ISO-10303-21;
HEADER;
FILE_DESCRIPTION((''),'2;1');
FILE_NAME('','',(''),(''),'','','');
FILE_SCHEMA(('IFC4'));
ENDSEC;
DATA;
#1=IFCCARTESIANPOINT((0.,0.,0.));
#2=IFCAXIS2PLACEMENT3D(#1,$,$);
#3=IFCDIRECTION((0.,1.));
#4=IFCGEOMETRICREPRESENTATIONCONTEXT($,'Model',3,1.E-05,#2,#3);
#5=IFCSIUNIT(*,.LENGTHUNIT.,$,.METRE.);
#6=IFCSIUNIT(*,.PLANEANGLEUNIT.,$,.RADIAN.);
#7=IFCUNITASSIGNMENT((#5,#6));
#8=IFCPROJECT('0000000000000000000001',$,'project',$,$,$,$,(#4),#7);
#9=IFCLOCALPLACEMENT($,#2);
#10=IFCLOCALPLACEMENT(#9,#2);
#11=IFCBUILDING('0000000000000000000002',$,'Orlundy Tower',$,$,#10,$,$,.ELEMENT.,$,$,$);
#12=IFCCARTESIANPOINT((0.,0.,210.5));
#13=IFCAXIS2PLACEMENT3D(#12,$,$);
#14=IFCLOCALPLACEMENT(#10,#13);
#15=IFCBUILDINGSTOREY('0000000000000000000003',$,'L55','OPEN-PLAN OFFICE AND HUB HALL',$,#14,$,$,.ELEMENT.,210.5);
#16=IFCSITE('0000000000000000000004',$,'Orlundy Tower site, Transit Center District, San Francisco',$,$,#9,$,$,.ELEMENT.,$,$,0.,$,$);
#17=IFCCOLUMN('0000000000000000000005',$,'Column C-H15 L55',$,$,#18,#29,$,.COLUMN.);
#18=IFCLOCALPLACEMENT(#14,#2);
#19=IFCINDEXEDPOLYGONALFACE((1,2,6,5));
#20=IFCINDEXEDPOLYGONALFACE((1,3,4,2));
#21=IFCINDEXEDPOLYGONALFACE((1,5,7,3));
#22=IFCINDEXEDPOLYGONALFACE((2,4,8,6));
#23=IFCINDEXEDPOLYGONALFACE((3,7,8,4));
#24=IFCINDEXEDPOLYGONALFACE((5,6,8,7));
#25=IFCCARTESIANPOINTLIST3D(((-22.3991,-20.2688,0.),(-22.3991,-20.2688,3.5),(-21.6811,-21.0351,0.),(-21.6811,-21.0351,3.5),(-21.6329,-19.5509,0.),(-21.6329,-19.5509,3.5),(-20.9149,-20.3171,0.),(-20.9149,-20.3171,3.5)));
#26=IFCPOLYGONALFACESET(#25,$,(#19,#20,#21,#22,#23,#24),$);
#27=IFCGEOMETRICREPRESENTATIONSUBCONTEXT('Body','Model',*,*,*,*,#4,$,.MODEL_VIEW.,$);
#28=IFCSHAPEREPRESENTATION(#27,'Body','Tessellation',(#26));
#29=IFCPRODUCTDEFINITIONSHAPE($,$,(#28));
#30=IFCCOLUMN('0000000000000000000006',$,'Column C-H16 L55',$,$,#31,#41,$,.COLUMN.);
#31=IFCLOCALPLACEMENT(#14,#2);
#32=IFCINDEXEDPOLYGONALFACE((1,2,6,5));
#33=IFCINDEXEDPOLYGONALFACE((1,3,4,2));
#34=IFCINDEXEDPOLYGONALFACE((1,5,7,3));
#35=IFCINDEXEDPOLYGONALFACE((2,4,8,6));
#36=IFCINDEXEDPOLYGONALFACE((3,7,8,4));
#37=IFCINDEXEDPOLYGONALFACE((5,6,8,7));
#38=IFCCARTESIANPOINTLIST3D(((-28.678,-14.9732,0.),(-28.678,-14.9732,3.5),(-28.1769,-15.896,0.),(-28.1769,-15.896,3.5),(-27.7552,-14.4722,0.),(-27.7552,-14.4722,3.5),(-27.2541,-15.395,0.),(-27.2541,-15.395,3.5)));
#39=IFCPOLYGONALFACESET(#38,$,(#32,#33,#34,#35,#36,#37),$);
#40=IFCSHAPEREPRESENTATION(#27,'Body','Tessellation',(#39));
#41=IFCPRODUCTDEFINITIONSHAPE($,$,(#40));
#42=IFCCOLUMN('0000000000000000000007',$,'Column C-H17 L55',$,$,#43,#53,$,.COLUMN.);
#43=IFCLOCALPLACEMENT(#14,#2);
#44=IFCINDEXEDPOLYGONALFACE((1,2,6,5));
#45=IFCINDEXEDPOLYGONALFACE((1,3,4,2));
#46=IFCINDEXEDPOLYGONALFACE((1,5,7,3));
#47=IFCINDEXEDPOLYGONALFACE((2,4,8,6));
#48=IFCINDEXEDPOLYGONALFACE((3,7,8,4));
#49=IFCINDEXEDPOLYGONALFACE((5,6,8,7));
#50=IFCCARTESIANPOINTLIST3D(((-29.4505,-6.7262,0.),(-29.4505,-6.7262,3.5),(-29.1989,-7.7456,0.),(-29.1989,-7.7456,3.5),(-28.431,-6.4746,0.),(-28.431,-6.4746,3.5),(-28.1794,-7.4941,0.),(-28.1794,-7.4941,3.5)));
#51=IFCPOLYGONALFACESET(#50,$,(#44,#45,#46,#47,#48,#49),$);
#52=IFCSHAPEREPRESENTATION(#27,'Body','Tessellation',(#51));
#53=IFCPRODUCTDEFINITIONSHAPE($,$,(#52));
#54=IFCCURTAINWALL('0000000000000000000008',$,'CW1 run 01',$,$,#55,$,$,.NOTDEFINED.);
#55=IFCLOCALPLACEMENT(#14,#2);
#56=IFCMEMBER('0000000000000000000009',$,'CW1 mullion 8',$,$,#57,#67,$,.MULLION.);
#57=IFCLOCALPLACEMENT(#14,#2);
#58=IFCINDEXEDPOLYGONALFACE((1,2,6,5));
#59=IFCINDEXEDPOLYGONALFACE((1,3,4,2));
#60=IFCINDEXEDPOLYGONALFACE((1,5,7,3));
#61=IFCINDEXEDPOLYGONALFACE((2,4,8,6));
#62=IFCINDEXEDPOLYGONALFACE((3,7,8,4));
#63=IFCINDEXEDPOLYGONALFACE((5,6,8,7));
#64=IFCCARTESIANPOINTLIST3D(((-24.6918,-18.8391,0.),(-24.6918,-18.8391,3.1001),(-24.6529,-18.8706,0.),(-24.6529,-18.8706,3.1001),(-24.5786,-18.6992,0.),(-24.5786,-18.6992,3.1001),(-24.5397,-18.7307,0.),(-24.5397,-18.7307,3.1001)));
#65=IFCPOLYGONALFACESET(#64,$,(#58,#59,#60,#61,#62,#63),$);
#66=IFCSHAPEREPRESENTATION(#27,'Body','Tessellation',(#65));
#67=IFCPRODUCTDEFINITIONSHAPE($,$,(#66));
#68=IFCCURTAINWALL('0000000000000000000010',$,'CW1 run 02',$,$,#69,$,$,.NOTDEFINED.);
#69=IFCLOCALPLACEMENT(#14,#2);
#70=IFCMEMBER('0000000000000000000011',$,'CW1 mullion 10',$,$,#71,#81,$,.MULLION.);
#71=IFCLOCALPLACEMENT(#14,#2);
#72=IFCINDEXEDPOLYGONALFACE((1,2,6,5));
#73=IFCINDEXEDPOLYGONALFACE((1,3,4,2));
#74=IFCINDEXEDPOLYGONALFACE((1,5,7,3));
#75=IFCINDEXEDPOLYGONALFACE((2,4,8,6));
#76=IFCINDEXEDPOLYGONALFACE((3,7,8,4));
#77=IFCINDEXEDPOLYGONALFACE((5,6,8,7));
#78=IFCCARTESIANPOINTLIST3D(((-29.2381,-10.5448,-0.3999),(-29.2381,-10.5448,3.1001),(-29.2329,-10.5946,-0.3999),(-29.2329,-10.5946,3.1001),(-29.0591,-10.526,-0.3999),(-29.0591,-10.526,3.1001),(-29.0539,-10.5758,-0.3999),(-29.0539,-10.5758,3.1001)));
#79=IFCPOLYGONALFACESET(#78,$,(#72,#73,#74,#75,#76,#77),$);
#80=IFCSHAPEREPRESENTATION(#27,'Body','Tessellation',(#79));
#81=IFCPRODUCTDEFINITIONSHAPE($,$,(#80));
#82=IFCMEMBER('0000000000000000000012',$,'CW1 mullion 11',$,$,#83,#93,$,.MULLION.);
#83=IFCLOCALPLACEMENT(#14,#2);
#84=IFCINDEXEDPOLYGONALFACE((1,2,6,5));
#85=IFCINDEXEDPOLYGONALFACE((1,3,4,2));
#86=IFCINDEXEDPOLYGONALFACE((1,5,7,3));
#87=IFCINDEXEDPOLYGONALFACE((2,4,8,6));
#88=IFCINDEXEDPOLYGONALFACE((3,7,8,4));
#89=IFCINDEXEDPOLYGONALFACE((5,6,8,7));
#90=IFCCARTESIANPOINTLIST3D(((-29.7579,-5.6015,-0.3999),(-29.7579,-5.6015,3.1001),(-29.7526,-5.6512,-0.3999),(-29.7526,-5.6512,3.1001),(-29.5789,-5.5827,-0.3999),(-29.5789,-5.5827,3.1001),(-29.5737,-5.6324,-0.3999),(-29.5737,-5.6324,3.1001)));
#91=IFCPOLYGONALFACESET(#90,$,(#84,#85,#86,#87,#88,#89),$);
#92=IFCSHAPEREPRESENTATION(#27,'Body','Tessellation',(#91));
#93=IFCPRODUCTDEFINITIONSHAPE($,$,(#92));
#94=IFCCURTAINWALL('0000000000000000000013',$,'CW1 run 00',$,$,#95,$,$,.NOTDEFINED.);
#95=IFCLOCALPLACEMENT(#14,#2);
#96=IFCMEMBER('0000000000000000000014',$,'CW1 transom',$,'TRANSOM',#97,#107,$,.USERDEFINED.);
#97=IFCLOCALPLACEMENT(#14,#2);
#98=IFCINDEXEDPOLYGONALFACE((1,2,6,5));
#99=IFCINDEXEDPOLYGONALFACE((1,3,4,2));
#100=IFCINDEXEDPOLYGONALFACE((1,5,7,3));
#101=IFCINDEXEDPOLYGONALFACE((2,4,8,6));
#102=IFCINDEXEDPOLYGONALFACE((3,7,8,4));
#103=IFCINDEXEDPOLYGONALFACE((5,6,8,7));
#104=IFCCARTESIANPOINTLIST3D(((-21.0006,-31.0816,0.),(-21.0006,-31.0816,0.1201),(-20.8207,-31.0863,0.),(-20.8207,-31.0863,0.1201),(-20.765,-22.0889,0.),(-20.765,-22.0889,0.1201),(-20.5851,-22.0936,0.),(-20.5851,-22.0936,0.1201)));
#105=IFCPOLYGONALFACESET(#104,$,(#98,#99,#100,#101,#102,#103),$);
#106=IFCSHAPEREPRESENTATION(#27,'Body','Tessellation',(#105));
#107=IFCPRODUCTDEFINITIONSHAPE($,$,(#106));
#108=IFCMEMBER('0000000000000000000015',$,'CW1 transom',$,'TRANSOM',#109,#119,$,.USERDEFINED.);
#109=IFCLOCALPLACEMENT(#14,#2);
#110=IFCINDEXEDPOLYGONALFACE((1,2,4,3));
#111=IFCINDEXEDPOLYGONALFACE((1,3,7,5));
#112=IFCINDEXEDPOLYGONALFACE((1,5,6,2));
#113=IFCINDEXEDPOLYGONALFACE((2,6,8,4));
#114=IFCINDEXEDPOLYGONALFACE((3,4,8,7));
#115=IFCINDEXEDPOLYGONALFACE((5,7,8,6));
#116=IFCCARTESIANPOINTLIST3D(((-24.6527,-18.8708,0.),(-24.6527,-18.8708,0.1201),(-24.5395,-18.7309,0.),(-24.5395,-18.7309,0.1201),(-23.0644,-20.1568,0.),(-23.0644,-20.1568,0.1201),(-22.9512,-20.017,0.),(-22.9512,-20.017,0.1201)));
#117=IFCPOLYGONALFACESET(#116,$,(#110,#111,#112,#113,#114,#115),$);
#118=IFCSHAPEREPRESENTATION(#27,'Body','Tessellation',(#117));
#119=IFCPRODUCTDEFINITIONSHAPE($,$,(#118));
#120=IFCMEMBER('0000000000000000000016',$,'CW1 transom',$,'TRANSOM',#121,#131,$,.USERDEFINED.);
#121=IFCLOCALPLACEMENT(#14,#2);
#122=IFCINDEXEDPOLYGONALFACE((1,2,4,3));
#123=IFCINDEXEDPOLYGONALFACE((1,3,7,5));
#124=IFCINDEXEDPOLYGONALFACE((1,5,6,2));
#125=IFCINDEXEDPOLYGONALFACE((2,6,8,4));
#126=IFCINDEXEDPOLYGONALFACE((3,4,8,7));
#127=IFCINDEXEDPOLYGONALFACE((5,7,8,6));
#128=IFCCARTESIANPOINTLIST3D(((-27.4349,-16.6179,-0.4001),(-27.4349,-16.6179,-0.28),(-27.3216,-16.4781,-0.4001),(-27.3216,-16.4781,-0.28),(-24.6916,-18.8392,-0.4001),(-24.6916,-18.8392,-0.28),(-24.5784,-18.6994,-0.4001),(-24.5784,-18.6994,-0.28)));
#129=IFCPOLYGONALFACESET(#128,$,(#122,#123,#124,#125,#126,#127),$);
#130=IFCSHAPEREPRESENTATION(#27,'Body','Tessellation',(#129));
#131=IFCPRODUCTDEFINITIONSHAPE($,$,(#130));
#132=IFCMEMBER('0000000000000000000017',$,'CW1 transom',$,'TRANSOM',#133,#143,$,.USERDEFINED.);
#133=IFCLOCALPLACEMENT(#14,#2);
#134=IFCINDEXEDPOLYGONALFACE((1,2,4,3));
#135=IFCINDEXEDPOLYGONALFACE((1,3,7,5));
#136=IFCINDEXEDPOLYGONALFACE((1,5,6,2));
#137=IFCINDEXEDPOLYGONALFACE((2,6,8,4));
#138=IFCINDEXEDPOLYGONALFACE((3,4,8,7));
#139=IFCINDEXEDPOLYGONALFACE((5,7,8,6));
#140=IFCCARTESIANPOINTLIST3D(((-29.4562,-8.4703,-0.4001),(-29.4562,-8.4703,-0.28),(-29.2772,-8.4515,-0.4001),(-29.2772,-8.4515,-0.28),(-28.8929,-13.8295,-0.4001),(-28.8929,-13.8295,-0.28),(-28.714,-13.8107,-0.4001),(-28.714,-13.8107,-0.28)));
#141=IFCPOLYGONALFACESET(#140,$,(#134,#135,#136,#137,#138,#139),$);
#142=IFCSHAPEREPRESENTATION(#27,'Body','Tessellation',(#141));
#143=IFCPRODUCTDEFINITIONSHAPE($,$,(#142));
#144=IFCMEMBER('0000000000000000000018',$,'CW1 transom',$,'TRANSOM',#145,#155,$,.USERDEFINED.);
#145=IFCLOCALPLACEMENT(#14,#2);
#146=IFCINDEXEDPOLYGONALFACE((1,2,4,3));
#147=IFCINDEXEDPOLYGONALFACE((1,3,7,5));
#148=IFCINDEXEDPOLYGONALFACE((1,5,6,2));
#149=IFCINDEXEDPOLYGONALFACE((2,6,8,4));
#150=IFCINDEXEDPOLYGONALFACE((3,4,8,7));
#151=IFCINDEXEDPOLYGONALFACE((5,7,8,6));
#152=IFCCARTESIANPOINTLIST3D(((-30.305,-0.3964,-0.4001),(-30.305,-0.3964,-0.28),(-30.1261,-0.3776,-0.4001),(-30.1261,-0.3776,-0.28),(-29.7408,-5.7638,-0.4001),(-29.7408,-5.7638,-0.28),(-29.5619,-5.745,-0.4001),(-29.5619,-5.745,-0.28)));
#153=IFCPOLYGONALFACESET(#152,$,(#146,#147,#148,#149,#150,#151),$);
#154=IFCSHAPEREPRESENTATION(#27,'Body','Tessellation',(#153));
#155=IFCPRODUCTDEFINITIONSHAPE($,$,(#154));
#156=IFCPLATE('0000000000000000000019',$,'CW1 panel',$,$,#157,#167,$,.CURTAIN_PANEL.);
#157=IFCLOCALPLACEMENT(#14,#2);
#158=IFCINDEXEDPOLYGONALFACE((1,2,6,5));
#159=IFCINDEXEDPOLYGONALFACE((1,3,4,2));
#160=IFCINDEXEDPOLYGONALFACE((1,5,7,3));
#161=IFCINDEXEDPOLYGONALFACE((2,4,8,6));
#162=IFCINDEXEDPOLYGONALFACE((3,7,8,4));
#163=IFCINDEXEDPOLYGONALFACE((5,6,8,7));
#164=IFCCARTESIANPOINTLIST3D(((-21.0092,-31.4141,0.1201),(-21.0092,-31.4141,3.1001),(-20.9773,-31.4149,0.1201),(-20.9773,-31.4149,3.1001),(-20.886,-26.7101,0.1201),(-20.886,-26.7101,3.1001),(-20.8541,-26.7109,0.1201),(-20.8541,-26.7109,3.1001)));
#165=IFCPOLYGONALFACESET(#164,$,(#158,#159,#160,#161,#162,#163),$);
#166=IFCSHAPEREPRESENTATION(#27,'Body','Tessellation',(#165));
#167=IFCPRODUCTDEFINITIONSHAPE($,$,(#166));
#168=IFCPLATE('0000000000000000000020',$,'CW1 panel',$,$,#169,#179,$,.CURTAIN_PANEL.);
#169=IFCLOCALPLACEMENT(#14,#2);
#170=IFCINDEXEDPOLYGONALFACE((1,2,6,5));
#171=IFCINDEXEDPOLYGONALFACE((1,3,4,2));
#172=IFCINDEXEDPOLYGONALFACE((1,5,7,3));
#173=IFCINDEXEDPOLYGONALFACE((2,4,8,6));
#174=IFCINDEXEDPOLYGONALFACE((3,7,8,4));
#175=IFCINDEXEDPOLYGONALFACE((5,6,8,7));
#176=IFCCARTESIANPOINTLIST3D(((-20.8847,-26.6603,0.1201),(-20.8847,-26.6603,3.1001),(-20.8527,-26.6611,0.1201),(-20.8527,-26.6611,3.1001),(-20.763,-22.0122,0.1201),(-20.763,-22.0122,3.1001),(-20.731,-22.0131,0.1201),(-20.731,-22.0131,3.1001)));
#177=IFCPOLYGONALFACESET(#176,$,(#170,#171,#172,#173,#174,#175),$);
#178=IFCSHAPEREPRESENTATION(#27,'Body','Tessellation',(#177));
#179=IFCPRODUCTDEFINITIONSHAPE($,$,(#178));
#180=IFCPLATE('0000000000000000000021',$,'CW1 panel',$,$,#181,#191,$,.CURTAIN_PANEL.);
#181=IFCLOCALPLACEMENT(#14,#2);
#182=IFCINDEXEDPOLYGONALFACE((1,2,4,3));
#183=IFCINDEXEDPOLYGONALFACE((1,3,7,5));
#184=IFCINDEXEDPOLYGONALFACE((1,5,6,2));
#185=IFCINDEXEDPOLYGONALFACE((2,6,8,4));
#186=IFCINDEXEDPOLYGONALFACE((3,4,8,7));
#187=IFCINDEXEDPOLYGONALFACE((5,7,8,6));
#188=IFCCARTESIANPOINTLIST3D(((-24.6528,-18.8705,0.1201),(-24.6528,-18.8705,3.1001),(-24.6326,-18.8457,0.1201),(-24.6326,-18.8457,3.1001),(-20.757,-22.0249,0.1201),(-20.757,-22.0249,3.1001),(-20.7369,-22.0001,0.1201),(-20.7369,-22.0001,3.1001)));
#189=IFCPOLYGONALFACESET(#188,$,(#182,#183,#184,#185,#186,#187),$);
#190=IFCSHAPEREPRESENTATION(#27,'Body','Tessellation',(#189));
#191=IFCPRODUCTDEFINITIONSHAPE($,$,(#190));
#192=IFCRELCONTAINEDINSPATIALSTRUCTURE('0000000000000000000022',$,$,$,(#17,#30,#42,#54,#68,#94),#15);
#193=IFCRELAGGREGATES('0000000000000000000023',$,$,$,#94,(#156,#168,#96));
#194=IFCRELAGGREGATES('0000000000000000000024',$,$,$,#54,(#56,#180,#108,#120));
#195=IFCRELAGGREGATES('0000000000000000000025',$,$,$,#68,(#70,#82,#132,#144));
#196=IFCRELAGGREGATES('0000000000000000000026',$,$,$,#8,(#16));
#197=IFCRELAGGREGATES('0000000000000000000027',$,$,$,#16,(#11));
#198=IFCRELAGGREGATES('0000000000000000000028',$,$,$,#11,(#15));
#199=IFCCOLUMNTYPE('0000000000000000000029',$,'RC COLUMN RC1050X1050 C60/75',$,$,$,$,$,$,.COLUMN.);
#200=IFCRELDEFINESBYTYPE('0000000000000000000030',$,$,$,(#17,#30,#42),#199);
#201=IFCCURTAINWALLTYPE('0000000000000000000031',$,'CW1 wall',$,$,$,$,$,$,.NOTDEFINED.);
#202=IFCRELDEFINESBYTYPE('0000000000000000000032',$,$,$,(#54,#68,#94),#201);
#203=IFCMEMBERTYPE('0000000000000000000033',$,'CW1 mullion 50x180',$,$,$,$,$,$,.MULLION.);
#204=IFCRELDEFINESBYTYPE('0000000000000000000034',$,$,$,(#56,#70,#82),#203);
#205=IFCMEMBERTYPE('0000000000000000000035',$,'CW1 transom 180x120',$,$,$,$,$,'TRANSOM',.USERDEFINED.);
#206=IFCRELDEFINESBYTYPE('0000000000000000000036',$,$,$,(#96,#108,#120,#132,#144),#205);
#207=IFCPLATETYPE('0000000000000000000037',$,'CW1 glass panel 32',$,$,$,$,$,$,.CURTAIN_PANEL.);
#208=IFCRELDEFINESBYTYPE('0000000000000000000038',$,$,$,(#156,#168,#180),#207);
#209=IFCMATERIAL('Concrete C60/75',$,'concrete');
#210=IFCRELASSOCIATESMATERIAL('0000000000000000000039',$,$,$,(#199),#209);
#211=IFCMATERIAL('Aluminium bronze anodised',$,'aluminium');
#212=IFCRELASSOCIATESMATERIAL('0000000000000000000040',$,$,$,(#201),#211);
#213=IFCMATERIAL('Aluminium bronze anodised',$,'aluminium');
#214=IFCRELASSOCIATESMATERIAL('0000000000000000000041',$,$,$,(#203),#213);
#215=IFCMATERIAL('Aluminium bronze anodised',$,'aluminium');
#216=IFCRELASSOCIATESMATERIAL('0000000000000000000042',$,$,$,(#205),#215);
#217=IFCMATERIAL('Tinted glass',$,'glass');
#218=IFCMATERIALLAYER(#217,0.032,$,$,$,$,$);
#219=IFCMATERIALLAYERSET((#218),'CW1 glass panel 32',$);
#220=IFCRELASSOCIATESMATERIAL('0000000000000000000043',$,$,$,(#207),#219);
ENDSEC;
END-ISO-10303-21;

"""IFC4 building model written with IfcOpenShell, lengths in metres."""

from ifc_helpers import new_model, si_unit, direction, frame, origin, origin_2d, place, context, subcontext, project, spatial, rectangle, extrude, material, layer, layer_set, material_profile, profile_set, type_object, element, aggregate, save


model = new_model("IFC4")

# Units and contexts
model_context = context("Model", 3, precision=1e-05, world=origin(), true_north=direction((0.0, 1.0)))
body_context = subcontext(model_context, "Body", "Model", "MODEL_VIEW")
ifc_project = project(units=[si_unit("LENGTHUNIT", "METRE"), si_unit("PLANEANGLEUNIT", "RADIAN")], contexts=[model_context])

# Site, building, storey
site_placement = place(None, origin())
site = spatial("IfcSite", under=ifc_project, at=site_placement, Name="Orlundy Tower site, Transit Center District, San Francisco", CompositionType="ELEMENT", RefElevation=0.0)
building_placement = place(site_placement, origin())
building = spatial("IfcBuilding", under=site, at=building_placement, Name="Orlundy Tower", CompositionType="ELEMENT")
storey_placement = place(building_placement, frame((0.0, 0.0, 210.5)))
storey = spatial("IfcBuildingStorey", under=building, at=storey_placement, Name="L55", Description="OPEN-PLAN OFFICE AND HUB HALL", CompositionType="ELEMENT", Elevation=210.5)

# Columns
ifc_material_1 = material(Name="Concrete C60/75", Category="concrete")
ifc_material_profile_1 = material_profile(ifc_material_1, rectangle(XDim=1.05, YDim=1.05, at=origin_2d()), Name="RC1050X1050")
ifc_profile_set_1 = profile_set([ifc_material_profile_1], Name="Concrete C60/75")
column_type = type_object("IfcColumnType", Name="RC COLUMN RC1050X1050 C60/75", PredefinedType="COLUMN", material=ifc_profile_set_1)
for number, where, z_axis, x_axis, name in (
    (1, (-21.657, -20.293, 0.0), (0.0, 0.0, 1.0), (-0.729709, -0.683758, 0.0), "Column C-H15 L55"),
    (2, (-27.9661, -15.1841, 0.0), (0.0, 0.0, 1.0), (-0.878817, -0.477159, 0.0), "Column C-H16 L55"),
    (3, (-28.8149, -7.1101, 0.0), (0.0, 0.0, 1.0), (-0.97088, -0.239567, 0.0), "Column C-H17 L55"),
):
    element("IfcColumn", number, at=place(storey_placement, frame(where, z_axis=z_axis, x_axis=x_axis)), inside=storey, type_object=column_type, Name=name, PredefinedType="COLUMN", context=body_context, shape_type="SweptSolid", body=[
        extrude(rectangle(XDim=1.05, YDim=1.05, at=origin_2d()), origin(), (0.0, 0.0, 1.0), 3.5),
    ])

# Curtain wall, member
ifc_material_2 = material(Name="Aluminium bronze anodised", Category="aluminium")
curtain_wall_type = type_object("IfcCurtainWallType", Name="CW1 wall", PredefinedType="NOTDEFINED", material=ifc_material_2)
curtain_wall_1_placement = place(storey_placement, origin())
curtain_wall_1 = element("IfcCurtainWall", 4, at=curtain_wall_1_placement, inside=storey, type_object=curtain_wall_type, Name="CW1 run 01", PredefinedType="NOTDEFINED")
ifc_material_3 = material(Name="Aluminium bronze anodised", Category="aluminium")
ifc_material_profile_2 = material_profile(ifc_material_3, rectangle(XDim=0.1799, YDim=0.05, at=origin_2d()), Name="CW1 mullion 50x180")
ifc_profile_set_2 = profile_set([ifc_material_profile_2], Name="Aluminium bronze anodised")
member_type_1 = type_object("IfcMemberType", Name="CW1 mullion 50x180", PredefinedType="MULLION", material=ifc_profile_set_2)
member_1_placement = place(storey_placement, frame((-24.6157, -18.7849, 0.0), z_axis=(0.0, 0.0, 1.0), x_axis=(-0.629283, -0.777177, 0.0)))
member_1 = element("IfcMember", 5, at=member_1_placement, type_object=member_type_1, Name="CW1 mullion 8", PredefinedType="MULLION", context=body_context, shape_type="SweptSolid", body=[
    extrude(rectangle(XDim=0.1799, YDim=0.05, at=origin_2d()), origin(), (0.0, 0.0, 1.0), 3.1001),
])

# Curtain wall, members
curtain_wall_2_placement = place(storey_placement, origin())
curtain_wall_2 = element("IfcCurtainWall", 6, at=curtain_wall_2_placement, inside=storey, type_object=curtain_wall_type, Name="CW1 run 02", PredefinedType="NOTDEFINED")
member_2_placement = place(storey_placement, frame((-29.146, -10.5603, -0.3999), z_axis=(0.0, 0.0, 1.0), x_axis=(-0.994521, -0.104538, 0.0)))
member_2 = element("IfcMember", 7, at=member_2_placement, type_object=member_type_1, Name="CW1 mullion 10", PredefinedType="MULLION", context=body_context, shape_type="SweptSolid", body=[
    extrude(rectangle(XDim=0.1799, YDim=0.05, at=origin_2d()), origin(), (0.0, 0.0, 1.0), 3.5),
])
member_3_placement = place(storey_placement, frame((-29.6658, -5.6169, -0.3999), z_axis=(0.0, 0.0, 1.0), x_axis=(-0.994521, -0.104538, 0.0)))
member_3 = element("IfcMember", 8, at=member_3_placement, type_object=member_type_1, Name="CW1 mullion 11", PredefinedType="MULLION", context=body_context, shape_type="SweptSolid", body=[
    extrude(rectangle(XDim=0.1799, YDim=0.05, at=origin_2d()), origin(), (0.0, 0.0, 1.0), 3.5),
])

# Curtain wall, member
curtain_wall_3_placement = place(storey_placement, origin())
curtain_wall_3 = element("IfcCurtainWall", 9, at=curtain_wall_3_placement, inside=storey, type_object=curtain_wall_type, Name="CW1 run 00", PredefinedType="NOTDEFINED")
ifc_material_4 = material(Name="Aluminium bronze anodised", Category="aluminium")
ifc_material_profile_3 = material_profile(ifc_material_4, rectangle(XDim=0.1799, YDim=0.1201, at=origin_2d()), Name="CW1 transom 180x120")
ifc_profile_set_3 = profile_set([ifc_material_profile_3], Name="Aluminium bronze anodised")
member_type_2 = type_object("IfcMemberType", Name="CW1 transom 180x120", ElementType="TRANSOM", PredefinedType="USERDEFINED", material=ifc_profile_set_3)
member_4_placement = place(storey_placement, frame((-20.9106, -31.084, 0.0601), z_axis=(0.02619, 0.999657, 0.0), x_axis=(-0.999657, 0.02619, 0.0)))
member_4 = element("IfcMember", 10, at=member_4_placement, type_object=member_type_2, Name="CW1 transom", ObjectType="TRANSOM", PredefinedType="USERDEFINED", context=body_context, shape_type="SweptSolid", body=[
    extrude(rectangle(XDim=0.1799, YDim=0.1201, at=origin_2d()), origin(), (0.0, 0.0, 1.0), 8.9958),
])

# Members
member_5_placement = place(storey_placement, frame((-23.0078, -20.0869, 0.0601), z_axis=(-0.777173, 0.629288, 0.0), x_axis=(-0.629288, -0.777173, 0.0)))
member_5 = element("IfcMember", 11, at=member_5_placement, type_object=member_type_2, Name="CW1 transom", ObjectType="TRANSOM", PredefinedType="USERDEFINED", context=body_context, shape_type="SweptSolid", body=[
    extrude(rectangle(XDim=0.1799, YDim=0.1201, at=origin_2d()), origin(), (0.0, 0.0, 1.0), 2.0437),
])
member_6_placement = place(storey_placement, frame((-24.635, -18.7693, -0.3401), z_axis=(-0.777171, 0.62929, 0.0), x_axis=(-0.62929, -0.777171, 0.0)))
member_6 = element("IfcMember", 12, at=member_6_placement, type_object=member_type_2, Name="CW1 transom", ObjectType="TRANSOM", PredefinedType="USERDEFINED", context=body_context, shape_type="SweptSolid", body=[
    extrude(rectangle(XDim=0.1799, YDim=0.1201, at=origin_2d()), origin(), (0.0, 0.0, 1.0), 3.5298),
])
member_7_placement = place(storey_placement, frame((-28.8035, -13.8201, -0.3401), z_axis=(-0.104522, 0.994523, 0.0), x_axis=(-0.994523, -0.104522, 0.0)))
member_7 = element("IfcMember", 13, at=member_7_placement, type_object=member_type_2, Name="CW1 transom", ObjectType="TRANSOM", PredefinedType="USERDEFINED", context=body_context, shape_type="SweptSolid", body=[
    extrude(rectangle(XDim=0.1799, YDim=0.1201, at=origin_2d()), origin(), (0.0, 0.0, 1.0), 5.3887),
])
member_8_placement = place(storey_placement, frame((-29.6514, -5.7544, -0.3401), z_axis=(-0.104541, 0.994521, 0.0), x_axis=(-0.994521, -0.104541, 0.0)))
member_8 = element("IfcMember", 14, at=member_8_placement, type_object=member_type_2, Name="CW1 transom", ObjectType="TRANSOM", PredefinedType="USERDEFINED", context=body_context, shape_type="SweptSolid", body=[
    extrude(rectangle(XDim=0.1799, YDim=0.1201, at=origin_2d()), origin(), (0.0, 0.0, 1.0), 5.397),
])

# Plates
ifc_material_5 = material(Name="Tinted glass", Category="glass")
ifc_layer_1 = layer(ifc_material_5, 0.032)
ifc_layer_set_1 = layer_set([ifc_layer_1], Name="CW1 glass panel 32")
plate_type = type_object("IfcPlateType", Name="CW1 glass panel 32", PredefinedType="CURTAIN_PANEL", material=ifc_layer_set_1)
plate_1_placement = place(storey_placement, frame((-20.9316, -29.0625, 0.1201), z_axis=(0.0, 0.0, 1.0), x_axis=(0.02618, 0.999657, 0.0)))
plate_1 = element("IfcPlate", 15, at=plate_1_placement, type_object=plate_type, Name="CW1 panel", PredefinedType="CURTAIN_PANEL", context=body_context, shape_type="SweptSolid", body=[
    extrude(rectangle(XDim=4.7056, YDim=0.032, at=origin_2d()), origin(), (0.0, 0.0, 1.0), 2.98),
])
plate_2_placement = place(storey_placement, frame((-20.8079, -24.3367, 0.1201), z_axis=(0.0, 0.0, 1.0), x_axis=(0.02618, 0.999657, 0.0)))
plate_2 = element("IfcPlate", 16, at=plate_2_placement, type_object=plate_type, Name="CW1 panel", PredefinedType="CURTAIN_PANEL", context=body_context, shape_type="SweptSolid", body=[
    extrude(rectangle(XDim=4.6497, YDim=0.032, at=origin_2d()), origin(), (0.0, 0.0, 1.0), 2.98),
])
aggregate(curtain_wall_3, [plate_1, plate_2, member_4])
plate_3_placement = place(storey_placement, frame((-22.6948, -20.4353, 0.1201), z_axis=(0.0, 0.0, 1.0), x_axis=(-0.777177, 0.629283, 0.0)))
plate_3 = element("IfcPlate", 17, at=plate_3_placement, type_object=plate_type, Name="CW1 panel", PredefinedType="CURTAIN_PANEL", context=body_context, shape_type="SweptSolid", body=[
    extrude(rectangle(XDim=5.0127, YDim=0.032, at=origin_2d()), origin(), (0.0, 0.0, 1.0), 2.98),
])
aggregate(curtain_wall_1, [member_1, plate_3, member_5, member_6])
aggregate(curtain_wall_2, [member_2, member_3, member_7, member_8])

save(model, "model.ifc")
